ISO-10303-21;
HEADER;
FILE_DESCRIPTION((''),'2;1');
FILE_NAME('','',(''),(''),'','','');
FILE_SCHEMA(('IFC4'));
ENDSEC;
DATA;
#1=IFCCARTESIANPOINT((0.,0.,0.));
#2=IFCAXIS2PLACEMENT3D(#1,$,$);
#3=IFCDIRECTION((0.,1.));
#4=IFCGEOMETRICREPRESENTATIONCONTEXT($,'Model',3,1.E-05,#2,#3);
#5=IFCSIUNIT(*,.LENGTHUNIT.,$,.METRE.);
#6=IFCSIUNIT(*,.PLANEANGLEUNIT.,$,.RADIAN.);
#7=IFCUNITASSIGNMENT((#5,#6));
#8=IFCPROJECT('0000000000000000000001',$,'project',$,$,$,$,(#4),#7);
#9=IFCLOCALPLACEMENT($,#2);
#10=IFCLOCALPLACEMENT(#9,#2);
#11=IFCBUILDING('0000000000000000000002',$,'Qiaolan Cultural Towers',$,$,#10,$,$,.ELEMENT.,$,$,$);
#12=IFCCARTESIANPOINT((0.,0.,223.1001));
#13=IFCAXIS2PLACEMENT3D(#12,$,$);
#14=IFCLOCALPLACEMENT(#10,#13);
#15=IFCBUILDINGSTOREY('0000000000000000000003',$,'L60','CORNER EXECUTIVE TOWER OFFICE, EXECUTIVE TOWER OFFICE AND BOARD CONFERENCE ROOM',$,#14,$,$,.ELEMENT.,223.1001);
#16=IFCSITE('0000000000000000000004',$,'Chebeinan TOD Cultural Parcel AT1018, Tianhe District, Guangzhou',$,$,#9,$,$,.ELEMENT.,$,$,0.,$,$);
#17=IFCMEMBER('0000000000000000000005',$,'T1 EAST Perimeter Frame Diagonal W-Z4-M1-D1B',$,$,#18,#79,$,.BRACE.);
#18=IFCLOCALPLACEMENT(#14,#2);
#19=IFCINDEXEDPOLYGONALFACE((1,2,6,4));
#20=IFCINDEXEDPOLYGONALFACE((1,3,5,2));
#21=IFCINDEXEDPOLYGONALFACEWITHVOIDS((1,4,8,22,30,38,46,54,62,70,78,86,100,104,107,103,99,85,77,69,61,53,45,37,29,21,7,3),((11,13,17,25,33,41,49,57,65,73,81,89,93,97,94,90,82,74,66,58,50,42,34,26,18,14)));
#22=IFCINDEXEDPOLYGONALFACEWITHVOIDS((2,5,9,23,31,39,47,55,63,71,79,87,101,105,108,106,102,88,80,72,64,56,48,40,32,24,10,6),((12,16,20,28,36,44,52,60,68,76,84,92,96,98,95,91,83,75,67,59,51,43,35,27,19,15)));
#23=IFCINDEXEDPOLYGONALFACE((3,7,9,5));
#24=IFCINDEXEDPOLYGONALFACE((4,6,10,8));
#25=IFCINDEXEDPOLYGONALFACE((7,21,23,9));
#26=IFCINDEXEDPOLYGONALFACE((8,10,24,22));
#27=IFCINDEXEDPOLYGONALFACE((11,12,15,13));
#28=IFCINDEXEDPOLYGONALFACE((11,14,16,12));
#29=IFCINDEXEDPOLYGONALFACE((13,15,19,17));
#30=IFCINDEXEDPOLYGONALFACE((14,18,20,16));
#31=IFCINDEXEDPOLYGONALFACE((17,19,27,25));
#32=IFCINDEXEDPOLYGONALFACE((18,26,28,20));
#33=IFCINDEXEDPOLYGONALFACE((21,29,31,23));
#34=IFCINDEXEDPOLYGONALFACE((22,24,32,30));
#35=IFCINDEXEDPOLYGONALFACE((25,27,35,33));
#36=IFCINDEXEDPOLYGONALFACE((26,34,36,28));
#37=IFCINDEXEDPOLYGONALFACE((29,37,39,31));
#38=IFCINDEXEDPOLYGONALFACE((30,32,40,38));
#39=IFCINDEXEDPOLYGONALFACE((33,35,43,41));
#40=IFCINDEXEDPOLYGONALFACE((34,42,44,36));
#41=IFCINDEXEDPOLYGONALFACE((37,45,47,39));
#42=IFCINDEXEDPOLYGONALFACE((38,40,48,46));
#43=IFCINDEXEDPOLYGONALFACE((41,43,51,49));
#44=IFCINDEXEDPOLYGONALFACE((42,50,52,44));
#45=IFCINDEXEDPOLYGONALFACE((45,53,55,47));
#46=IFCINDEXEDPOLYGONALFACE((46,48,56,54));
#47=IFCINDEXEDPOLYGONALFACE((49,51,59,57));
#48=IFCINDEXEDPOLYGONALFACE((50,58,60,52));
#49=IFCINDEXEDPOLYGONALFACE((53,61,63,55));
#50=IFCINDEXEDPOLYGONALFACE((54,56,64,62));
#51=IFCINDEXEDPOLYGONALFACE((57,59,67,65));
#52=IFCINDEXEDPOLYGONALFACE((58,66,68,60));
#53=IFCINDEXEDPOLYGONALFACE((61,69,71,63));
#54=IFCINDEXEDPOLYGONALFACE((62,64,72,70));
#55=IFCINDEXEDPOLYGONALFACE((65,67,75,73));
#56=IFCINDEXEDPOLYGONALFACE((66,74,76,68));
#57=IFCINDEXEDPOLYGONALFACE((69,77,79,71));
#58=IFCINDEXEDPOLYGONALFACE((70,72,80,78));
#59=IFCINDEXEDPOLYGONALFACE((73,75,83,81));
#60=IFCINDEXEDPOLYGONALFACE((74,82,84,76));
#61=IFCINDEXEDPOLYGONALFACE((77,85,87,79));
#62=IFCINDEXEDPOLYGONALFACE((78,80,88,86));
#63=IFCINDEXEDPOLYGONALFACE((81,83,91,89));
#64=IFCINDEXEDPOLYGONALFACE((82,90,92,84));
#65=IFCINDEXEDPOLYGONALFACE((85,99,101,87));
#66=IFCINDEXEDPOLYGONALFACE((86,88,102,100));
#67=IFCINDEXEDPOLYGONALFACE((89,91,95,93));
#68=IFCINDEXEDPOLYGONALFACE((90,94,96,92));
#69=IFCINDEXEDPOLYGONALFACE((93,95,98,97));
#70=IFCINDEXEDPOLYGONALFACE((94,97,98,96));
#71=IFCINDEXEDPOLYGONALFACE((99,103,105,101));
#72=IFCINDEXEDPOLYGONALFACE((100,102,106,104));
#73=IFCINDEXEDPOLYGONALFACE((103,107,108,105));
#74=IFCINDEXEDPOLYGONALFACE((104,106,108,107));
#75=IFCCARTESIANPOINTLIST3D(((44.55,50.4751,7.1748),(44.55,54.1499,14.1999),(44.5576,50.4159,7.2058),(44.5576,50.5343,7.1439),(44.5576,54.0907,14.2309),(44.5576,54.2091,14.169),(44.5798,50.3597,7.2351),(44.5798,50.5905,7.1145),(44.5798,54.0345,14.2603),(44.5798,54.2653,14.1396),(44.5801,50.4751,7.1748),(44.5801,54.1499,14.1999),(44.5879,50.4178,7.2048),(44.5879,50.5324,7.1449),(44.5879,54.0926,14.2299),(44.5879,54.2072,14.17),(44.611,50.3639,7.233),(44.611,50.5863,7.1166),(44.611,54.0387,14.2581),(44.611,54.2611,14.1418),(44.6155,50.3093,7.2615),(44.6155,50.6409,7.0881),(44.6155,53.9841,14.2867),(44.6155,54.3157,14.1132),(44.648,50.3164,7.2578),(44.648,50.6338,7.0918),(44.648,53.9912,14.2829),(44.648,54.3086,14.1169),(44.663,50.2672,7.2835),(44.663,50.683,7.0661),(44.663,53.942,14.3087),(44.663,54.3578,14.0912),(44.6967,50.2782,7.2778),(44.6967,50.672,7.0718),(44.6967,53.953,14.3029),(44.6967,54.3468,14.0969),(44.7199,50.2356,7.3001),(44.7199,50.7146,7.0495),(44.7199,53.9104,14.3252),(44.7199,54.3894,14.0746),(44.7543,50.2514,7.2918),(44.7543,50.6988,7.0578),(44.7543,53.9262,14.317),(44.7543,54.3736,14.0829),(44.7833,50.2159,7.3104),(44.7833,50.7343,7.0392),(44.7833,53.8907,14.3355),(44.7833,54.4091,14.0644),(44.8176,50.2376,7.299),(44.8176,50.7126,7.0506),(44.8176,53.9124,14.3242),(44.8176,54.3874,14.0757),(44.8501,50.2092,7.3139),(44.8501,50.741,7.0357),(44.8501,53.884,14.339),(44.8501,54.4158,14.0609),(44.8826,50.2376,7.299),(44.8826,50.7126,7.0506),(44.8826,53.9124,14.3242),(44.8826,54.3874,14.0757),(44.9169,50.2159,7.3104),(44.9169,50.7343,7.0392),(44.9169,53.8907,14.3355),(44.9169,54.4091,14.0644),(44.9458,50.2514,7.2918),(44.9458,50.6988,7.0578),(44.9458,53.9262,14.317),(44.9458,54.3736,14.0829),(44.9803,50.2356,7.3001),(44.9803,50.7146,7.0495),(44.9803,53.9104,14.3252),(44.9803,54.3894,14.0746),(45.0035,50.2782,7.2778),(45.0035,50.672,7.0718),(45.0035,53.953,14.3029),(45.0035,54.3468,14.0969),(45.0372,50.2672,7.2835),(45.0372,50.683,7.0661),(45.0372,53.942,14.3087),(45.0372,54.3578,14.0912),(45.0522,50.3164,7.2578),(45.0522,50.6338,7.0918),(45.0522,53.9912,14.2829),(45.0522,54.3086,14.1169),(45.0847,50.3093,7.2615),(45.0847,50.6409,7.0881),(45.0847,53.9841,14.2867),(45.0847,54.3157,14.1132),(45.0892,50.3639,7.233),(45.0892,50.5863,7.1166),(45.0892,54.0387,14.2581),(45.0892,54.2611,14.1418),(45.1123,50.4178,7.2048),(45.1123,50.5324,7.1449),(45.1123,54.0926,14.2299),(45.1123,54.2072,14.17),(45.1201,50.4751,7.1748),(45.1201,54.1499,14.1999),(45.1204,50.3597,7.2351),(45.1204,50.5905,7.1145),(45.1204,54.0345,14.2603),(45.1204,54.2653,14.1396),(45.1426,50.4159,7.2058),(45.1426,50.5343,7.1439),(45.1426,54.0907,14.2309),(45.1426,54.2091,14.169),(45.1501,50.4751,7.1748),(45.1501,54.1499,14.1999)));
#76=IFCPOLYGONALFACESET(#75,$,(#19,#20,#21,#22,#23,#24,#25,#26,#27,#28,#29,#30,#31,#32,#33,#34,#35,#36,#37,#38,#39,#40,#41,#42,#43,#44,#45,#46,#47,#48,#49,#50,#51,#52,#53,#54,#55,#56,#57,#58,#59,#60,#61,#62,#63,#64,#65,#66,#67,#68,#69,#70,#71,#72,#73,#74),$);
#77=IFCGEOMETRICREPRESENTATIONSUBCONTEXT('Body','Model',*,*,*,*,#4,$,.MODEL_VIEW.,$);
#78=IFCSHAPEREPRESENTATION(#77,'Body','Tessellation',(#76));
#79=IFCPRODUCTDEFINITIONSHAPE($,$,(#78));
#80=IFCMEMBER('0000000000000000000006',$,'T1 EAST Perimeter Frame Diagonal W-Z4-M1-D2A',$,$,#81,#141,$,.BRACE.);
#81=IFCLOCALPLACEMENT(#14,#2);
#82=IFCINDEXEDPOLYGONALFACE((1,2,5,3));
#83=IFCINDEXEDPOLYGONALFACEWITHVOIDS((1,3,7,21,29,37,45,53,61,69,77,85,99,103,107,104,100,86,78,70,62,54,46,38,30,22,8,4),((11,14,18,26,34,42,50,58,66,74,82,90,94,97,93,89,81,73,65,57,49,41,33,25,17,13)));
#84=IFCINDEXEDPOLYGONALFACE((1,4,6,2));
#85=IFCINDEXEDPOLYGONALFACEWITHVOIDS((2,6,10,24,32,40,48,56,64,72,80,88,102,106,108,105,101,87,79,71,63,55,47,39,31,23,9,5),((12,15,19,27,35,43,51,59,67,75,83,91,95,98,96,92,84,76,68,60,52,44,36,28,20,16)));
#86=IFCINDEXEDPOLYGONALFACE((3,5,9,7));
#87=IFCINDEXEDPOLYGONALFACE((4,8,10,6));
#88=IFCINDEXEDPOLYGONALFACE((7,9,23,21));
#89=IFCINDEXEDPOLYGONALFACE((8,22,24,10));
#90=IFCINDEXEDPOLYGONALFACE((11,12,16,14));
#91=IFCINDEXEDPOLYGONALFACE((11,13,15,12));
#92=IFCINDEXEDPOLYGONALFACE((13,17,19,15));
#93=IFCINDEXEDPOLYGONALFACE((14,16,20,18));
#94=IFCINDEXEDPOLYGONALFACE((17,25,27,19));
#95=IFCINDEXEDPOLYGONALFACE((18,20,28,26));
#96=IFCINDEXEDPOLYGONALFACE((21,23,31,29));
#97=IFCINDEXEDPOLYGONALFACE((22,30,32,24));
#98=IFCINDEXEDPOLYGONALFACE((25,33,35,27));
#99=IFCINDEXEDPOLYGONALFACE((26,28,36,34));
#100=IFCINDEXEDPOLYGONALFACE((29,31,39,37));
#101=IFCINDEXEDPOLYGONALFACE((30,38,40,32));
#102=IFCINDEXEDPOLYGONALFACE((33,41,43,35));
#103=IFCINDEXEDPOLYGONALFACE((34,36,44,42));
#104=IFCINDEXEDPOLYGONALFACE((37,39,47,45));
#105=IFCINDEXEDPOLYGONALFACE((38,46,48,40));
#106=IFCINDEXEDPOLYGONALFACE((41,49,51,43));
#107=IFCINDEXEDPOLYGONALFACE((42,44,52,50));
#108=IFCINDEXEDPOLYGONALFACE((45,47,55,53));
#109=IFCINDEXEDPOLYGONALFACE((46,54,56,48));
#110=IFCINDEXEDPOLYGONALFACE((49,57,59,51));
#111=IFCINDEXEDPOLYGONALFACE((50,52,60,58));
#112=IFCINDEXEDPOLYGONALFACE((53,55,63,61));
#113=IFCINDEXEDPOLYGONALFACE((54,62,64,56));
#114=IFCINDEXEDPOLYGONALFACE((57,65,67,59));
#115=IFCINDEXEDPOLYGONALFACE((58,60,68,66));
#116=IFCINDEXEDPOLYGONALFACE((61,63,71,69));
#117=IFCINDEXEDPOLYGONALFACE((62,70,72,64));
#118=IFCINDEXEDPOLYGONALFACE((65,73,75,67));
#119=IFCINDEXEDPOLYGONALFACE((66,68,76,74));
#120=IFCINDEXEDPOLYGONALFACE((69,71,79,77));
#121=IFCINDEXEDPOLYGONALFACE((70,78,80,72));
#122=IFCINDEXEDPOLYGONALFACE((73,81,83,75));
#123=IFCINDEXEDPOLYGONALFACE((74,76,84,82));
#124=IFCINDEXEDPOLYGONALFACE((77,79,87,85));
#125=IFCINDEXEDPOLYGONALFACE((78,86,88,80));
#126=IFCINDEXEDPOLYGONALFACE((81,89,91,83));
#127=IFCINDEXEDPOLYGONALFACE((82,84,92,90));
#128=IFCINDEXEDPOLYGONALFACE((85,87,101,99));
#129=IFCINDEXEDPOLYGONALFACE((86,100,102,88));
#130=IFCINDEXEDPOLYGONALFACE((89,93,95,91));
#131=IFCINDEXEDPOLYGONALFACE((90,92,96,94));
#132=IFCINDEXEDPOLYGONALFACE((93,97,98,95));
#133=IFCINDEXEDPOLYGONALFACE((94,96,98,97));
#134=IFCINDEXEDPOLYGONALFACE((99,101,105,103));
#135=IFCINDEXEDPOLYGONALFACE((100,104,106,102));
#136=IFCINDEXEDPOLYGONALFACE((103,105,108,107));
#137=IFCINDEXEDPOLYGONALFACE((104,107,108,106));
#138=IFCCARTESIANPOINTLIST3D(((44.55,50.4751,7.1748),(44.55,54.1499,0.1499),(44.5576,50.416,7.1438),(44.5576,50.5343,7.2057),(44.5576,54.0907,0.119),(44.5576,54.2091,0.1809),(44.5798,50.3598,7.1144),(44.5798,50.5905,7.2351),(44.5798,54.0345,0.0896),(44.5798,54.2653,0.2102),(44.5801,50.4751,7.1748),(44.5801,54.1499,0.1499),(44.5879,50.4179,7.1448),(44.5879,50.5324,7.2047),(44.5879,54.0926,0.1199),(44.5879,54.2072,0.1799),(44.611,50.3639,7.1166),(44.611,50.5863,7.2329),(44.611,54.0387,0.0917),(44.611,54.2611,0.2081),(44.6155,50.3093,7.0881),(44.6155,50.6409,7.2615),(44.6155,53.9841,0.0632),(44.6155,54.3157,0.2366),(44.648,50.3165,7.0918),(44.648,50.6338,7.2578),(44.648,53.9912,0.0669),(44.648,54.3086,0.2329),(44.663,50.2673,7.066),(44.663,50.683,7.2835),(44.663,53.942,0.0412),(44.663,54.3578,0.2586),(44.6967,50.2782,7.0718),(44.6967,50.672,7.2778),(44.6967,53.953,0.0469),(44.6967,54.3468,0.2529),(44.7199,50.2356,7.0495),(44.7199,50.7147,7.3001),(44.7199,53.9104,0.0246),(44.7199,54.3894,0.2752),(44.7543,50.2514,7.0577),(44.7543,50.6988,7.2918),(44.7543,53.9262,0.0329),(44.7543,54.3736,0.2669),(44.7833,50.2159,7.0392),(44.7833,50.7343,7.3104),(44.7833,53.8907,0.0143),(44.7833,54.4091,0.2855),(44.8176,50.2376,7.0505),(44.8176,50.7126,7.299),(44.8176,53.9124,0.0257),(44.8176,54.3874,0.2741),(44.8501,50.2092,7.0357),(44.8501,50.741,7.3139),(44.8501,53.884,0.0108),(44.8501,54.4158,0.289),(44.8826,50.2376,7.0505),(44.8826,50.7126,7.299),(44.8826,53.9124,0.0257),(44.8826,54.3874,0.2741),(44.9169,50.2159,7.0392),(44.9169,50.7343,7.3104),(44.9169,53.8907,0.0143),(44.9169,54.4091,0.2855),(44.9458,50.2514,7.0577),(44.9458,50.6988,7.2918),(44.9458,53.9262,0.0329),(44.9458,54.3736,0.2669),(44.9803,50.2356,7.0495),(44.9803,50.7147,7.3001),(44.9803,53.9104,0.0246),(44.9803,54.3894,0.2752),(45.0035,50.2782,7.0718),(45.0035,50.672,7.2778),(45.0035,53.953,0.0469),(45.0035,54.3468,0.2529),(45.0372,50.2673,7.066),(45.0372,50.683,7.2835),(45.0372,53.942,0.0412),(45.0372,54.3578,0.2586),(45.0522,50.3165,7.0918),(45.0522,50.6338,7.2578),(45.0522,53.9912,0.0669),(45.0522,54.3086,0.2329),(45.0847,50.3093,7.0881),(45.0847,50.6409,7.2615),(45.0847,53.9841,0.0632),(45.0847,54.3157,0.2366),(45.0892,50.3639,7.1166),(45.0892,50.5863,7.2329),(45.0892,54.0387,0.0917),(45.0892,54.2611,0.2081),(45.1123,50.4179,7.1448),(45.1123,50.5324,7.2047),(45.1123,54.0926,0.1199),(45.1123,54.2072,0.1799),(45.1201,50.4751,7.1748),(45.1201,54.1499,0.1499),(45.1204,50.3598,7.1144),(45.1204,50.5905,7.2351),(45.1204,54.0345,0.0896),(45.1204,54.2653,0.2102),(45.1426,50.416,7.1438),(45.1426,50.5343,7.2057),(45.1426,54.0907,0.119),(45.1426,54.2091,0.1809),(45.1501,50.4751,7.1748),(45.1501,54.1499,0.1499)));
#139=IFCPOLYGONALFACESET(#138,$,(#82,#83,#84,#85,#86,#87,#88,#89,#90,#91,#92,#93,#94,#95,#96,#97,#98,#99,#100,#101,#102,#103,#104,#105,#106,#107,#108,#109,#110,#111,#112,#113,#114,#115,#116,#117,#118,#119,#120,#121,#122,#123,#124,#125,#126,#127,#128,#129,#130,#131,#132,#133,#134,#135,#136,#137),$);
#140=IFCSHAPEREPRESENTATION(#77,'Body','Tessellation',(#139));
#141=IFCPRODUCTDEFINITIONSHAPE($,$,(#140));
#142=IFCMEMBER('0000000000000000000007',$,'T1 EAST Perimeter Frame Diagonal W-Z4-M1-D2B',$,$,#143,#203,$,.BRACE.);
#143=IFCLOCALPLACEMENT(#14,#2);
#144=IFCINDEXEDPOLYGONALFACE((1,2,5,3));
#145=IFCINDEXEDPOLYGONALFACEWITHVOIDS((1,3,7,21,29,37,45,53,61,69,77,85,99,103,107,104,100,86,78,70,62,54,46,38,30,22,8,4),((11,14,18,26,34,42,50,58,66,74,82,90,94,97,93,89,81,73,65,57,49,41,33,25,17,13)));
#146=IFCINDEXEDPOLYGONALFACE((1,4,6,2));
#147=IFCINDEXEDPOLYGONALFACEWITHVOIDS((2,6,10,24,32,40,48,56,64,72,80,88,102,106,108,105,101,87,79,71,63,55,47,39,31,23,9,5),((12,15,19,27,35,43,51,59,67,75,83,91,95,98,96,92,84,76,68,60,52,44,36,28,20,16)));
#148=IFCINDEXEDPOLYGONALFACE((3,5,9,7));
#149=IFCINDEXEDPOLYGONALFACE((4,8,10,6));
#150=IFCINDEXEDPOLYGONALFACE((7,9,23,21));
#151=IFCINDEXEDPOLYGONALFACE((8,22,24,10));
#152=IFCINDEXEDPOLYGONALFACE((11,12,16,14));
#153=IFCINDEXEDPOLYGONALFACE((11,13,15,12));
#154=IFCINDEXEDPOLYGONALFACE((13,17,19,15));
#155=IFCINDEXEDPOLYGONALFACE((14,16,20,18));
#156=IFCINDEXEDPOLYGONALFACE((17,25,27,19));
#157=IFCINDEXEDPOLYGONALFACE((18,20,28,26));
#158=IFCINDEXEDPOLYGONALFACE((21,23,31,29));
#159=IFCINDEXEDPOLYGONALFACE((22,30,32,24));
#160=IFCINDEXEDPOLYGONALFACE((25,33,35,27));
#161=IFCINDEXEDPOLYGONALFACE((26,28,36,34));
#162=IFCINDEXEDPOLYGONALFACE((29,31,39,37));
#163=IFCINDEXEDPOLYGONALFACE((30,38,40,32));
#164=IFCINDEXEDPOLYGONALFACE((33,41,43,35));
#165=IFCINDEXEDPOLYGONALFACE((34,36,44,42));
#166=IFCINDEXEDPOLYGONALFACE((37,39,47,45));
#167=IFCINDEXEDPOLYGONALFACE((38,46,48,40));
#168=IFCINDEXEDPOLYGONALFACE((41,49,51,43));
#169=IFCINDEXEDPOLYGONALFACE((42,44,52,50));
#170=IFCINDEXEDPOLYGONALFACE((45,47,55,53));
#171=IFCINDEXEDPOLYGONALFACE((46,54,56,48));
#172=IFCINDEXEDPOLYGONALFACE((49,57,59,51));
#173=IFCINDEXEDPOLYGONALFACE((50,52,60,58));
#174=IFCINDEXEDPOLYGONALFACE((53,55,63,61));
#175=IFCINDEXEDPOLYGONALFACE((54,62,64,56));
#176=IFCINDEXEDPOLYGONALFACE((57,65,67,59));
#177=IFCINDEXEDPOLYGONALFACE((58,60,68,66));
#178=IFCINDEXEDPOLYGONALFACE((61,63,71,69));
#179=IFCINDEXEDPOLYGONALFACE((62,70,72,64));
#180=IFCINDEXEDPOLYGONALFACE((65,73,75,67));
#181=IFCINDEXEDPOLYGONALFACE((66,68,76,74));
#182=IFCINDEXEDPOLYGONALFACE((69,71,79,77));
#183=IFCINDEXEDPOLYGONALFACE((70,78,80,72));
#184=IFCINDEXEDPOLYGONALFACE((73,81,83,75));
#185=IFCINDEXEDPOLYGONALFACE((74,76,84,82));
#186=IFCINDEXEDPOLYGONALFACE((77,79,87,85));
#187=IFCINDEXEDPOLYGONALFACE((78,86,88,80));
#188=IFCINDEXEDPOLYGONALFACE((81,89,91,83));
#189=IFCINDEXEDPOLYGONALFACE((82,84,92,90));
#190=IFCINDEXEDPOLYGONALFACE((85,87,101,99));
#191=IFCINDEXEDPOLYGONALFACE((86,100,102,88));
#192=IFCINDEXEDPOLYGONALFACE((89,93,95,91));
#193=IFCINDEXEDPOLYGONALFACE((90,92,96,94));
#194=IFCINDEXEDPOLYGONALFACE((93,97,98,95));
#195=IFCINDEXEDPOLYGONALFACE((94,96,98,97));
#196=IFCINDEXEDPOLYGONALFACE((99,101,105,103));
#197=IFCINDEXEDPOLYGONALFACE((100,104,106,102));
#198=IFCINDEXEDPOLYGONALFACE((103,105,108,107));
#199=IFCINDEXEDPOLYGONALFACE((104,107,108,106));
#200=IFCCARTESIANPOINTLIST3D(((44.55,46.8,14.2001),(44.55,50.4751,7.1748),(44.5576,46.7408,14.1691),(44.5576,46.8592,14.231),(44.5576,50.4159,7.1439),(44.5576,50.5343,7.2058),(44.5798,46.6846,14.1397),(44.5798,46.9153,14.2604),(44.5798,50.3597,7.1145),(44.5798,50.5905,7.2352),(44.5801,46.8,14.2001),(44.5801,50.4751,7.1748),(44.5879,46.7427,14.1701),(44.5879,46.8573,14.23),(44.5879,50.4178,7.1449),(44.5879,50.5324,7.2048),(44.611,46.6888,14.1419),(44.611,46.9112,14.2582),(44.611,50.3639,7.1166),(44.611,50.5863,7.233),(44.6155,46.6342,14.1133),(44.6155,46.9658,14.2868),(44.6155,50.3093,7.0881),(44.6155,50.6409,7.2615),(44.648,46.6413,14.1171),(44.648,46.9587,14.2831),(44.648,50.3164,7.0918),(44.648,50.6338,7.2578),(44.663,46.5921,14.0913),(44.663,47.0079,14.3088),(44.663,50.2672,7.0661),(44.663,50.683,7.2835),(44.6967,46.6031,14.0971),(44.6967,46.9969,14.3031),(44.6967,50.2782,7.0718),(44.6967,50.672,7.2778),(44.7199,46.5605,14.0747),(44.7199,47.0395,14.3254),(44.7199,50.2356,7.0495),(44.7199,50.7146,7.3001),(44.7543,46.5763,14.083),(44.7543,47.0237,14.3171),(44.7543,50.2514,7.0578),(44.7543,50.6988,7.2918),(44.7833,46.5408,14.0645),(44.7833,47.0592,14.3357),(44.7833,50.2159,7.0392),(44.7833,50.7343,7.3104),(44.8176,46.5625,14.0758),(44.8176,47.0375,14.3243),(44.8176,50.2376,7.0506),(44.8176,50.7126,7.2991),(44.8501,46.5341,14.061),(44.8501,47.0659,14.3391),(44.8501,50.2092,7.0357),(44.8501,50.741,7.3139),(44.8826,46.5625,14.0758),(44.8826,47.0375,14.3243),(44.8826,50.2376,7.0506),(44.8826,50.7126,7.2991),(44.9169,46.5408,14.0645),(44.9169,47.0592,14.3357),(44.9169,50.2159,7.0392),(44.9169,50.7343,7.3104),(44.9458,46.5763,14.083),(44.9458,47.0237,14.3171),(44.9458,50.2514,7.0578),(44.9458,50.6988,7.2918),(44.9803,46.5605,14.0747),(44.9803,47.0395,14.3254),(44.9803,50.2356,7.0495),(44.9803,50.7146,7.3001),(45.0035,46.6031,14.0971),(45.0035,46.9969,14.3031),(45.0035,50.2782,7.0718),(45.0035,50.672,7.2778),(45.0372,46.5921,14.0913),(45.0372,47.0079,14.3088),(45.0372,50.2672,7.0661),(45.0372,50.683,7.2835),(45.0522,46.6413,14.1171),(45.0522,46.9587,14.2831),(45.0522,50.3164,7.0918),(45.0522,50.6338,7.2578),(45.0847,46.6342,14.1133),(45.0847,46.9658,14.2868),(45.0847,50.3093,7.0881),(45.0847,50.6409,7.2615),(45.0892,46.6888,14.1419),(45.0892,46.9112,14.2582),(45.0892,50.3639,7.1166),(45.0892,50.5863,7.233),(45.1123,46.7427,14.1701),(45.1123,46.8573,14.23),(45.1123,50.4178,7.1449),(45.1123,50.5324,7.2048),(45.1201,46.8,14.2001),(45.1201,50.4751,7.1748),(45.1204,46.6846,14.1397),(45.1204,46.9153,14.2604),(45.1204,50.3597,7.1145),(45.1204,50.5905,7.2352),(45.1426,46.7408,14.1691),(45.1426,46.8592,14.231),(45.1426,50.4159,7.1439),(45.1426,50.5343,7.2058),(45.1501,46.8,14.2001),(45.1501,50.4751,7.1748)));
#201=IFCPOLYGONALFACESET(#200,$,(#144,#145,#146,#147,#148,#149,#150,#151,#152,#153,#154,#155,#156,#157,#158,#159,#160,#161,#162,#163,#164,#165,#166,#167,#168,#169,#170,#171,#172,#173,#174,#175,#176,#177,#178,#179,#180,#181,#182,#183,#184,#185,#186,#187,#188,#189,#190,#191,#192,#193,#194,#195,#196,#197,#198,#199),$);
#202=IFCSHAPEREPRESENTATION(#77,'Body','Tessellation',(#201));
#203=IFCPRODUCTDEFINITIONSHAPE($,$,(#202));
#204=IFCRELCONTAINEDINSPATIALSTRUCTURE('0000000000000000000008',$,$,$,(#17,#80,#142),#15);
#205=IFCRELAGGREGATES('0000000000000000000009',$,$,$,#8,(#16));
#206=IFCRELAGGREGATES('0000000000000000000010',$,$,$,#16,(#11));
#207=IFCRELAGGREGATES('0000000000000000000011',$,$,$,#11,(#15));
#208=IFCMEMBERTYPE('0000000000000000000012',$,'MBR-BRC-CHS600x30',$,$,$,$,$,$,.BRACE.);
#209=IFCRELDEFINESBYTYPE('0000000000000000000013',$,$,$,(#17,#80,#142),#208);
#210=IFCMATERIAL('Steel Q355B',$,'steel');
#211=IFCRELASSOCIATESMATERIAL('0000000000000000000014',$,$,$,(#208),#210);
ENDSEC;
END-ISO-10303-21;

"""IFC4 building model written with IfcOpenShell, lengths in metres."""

from ifc_helpers import new_model, si_unit, direction, frame, origin, origin_2d, place, context, subcontext, project, spatial, hollow_circle, extrude, material, material_profile, profile_set, type_object, element, save


model = new_model("IFC4")

# Units and contexts
model_context = context("Model", 3, precision=1e-05, world=origin(), true_north=direction((0.0, 1.0)))
body_context = subcontext(model_context, "Body", "Model", "MODEL_VIEW")
ifc_project = project(units=[si_unit("LENGTHUNIT", "METRE"), si_unit("PLANEANGLEUNIT", "RADIAN")], contexts=[model_context])

# Site, building, storey
site_placement = place(None, origin())
site = spatial("IfcSite", under=ifc_project, at=site_placement, Name="Chebeinan TOD Cultural Parcel AT1018, Tianhe District, Guangzhou", CompositionType="ELEMENT", RefElevation=0.0)
building_placement = place(site_placement, origin())
building = spatial("IfcBuilding", under=site, at=building_placement, Name="Qiaolan Cultural Towers", CompositionType="ELEMENT")
storey_placement = place(building_placement, frame((0.0, 0.0, 223.1001)))
storey = spatial("IfcBuildingStorey", under=building, at=storey_placement, Name="L60", Description="CORNER EXECUTIVE TOWER OFFICE, EXECUTIVE TOWER OFFICE AND BOARD CONFERENCE ROOM", CompositionType="ELEMENT", Elevation=223.1001)

# Members
ifc_material_1 = material(Name="Steel Q355B", Category="steel")
ifc_material_profile_1 = material_profile(ifc_material_1, hollow_circle(Radius=0.3, WallThickness=0.03, at=origin_2d()), Name="CHS600x30")
ifc_profile_set_1 = profile_set([ifc_material_profile_1], Name="Steel Q355B")
member_type_1 = type_object("IfcMemberType", Name="MBR-BRC-CHS600x30", PredefinedType="BRACE", material=ifc_profile_set_1)
for number, where, z_axis, x_axis, name in (
    (1, (44.8501, 50.4751, 7.1748), (0.0, 0.463509, 0.886092), (-1.0, 0.0, 0.0), "T1 EAST Perimeter Frame Diagonal W-Z4-M1-D1B"),
):
    element("IfcMember", number, at=place(storey_placement, frame(where, z_axis=z_axis, x_axis=x_axis)), inside=storey, type_object=member_type_1, Name=name, PredefinedType="BRACE", context=body_context, shape_type="SweptSolid", body=[
        extrude(hollow_circle(Radius=0.3, WallThickness=0.03, at=origin_2d()), origin(), (0.0, 0.0, 1.0), 7.9282),
    ])
member_1_placement = place(storey_placement, frame((44.8501, 54.1499, 0.1499), z_axis=(0.0, -0.463521, 0.886086), x_axis=(1.0, 0.0, 0.0)))
element("IfcMember", 2, at=member_1_placement, inside=storey, type_object=member_type_1, Name="T1 EAST Perimeter Frame Diagonal W-Z4-M1-D2A", PredefinedType="BRACE", context=body_context, shape_type="SweptSolid", body=[
    extrude(hollow_circle(Radius=0.3, WallThickness=0.03, at=origin_2d()), origin(), (0.0, 0.0, 1.0), 7.928),
])
member_2_placement = place(storey_placement, frame((44.8501, 50.4751, 7.1748), z_axis=(0.0, -0.463533, 0.88608), x_axis=(1.0, 0.0, 0.0)))
element("IfcMember", 3, at=member_2_placement, inside=storey, type_object=member_type_1, Name="T1 EAST Perimeter Frame Diagonal W-Z4-M1-D2B", PredefinedType="BRACE", context=body_context, shape_type="SweptSolid", body=[
    extrude(hollow_circle(Radius=0.3, WallThickness=0.03, at=origin_2d()), origin(), (0.0, 0.0, 1.0), 7.9285),
])

save(model, "model.ifc")
